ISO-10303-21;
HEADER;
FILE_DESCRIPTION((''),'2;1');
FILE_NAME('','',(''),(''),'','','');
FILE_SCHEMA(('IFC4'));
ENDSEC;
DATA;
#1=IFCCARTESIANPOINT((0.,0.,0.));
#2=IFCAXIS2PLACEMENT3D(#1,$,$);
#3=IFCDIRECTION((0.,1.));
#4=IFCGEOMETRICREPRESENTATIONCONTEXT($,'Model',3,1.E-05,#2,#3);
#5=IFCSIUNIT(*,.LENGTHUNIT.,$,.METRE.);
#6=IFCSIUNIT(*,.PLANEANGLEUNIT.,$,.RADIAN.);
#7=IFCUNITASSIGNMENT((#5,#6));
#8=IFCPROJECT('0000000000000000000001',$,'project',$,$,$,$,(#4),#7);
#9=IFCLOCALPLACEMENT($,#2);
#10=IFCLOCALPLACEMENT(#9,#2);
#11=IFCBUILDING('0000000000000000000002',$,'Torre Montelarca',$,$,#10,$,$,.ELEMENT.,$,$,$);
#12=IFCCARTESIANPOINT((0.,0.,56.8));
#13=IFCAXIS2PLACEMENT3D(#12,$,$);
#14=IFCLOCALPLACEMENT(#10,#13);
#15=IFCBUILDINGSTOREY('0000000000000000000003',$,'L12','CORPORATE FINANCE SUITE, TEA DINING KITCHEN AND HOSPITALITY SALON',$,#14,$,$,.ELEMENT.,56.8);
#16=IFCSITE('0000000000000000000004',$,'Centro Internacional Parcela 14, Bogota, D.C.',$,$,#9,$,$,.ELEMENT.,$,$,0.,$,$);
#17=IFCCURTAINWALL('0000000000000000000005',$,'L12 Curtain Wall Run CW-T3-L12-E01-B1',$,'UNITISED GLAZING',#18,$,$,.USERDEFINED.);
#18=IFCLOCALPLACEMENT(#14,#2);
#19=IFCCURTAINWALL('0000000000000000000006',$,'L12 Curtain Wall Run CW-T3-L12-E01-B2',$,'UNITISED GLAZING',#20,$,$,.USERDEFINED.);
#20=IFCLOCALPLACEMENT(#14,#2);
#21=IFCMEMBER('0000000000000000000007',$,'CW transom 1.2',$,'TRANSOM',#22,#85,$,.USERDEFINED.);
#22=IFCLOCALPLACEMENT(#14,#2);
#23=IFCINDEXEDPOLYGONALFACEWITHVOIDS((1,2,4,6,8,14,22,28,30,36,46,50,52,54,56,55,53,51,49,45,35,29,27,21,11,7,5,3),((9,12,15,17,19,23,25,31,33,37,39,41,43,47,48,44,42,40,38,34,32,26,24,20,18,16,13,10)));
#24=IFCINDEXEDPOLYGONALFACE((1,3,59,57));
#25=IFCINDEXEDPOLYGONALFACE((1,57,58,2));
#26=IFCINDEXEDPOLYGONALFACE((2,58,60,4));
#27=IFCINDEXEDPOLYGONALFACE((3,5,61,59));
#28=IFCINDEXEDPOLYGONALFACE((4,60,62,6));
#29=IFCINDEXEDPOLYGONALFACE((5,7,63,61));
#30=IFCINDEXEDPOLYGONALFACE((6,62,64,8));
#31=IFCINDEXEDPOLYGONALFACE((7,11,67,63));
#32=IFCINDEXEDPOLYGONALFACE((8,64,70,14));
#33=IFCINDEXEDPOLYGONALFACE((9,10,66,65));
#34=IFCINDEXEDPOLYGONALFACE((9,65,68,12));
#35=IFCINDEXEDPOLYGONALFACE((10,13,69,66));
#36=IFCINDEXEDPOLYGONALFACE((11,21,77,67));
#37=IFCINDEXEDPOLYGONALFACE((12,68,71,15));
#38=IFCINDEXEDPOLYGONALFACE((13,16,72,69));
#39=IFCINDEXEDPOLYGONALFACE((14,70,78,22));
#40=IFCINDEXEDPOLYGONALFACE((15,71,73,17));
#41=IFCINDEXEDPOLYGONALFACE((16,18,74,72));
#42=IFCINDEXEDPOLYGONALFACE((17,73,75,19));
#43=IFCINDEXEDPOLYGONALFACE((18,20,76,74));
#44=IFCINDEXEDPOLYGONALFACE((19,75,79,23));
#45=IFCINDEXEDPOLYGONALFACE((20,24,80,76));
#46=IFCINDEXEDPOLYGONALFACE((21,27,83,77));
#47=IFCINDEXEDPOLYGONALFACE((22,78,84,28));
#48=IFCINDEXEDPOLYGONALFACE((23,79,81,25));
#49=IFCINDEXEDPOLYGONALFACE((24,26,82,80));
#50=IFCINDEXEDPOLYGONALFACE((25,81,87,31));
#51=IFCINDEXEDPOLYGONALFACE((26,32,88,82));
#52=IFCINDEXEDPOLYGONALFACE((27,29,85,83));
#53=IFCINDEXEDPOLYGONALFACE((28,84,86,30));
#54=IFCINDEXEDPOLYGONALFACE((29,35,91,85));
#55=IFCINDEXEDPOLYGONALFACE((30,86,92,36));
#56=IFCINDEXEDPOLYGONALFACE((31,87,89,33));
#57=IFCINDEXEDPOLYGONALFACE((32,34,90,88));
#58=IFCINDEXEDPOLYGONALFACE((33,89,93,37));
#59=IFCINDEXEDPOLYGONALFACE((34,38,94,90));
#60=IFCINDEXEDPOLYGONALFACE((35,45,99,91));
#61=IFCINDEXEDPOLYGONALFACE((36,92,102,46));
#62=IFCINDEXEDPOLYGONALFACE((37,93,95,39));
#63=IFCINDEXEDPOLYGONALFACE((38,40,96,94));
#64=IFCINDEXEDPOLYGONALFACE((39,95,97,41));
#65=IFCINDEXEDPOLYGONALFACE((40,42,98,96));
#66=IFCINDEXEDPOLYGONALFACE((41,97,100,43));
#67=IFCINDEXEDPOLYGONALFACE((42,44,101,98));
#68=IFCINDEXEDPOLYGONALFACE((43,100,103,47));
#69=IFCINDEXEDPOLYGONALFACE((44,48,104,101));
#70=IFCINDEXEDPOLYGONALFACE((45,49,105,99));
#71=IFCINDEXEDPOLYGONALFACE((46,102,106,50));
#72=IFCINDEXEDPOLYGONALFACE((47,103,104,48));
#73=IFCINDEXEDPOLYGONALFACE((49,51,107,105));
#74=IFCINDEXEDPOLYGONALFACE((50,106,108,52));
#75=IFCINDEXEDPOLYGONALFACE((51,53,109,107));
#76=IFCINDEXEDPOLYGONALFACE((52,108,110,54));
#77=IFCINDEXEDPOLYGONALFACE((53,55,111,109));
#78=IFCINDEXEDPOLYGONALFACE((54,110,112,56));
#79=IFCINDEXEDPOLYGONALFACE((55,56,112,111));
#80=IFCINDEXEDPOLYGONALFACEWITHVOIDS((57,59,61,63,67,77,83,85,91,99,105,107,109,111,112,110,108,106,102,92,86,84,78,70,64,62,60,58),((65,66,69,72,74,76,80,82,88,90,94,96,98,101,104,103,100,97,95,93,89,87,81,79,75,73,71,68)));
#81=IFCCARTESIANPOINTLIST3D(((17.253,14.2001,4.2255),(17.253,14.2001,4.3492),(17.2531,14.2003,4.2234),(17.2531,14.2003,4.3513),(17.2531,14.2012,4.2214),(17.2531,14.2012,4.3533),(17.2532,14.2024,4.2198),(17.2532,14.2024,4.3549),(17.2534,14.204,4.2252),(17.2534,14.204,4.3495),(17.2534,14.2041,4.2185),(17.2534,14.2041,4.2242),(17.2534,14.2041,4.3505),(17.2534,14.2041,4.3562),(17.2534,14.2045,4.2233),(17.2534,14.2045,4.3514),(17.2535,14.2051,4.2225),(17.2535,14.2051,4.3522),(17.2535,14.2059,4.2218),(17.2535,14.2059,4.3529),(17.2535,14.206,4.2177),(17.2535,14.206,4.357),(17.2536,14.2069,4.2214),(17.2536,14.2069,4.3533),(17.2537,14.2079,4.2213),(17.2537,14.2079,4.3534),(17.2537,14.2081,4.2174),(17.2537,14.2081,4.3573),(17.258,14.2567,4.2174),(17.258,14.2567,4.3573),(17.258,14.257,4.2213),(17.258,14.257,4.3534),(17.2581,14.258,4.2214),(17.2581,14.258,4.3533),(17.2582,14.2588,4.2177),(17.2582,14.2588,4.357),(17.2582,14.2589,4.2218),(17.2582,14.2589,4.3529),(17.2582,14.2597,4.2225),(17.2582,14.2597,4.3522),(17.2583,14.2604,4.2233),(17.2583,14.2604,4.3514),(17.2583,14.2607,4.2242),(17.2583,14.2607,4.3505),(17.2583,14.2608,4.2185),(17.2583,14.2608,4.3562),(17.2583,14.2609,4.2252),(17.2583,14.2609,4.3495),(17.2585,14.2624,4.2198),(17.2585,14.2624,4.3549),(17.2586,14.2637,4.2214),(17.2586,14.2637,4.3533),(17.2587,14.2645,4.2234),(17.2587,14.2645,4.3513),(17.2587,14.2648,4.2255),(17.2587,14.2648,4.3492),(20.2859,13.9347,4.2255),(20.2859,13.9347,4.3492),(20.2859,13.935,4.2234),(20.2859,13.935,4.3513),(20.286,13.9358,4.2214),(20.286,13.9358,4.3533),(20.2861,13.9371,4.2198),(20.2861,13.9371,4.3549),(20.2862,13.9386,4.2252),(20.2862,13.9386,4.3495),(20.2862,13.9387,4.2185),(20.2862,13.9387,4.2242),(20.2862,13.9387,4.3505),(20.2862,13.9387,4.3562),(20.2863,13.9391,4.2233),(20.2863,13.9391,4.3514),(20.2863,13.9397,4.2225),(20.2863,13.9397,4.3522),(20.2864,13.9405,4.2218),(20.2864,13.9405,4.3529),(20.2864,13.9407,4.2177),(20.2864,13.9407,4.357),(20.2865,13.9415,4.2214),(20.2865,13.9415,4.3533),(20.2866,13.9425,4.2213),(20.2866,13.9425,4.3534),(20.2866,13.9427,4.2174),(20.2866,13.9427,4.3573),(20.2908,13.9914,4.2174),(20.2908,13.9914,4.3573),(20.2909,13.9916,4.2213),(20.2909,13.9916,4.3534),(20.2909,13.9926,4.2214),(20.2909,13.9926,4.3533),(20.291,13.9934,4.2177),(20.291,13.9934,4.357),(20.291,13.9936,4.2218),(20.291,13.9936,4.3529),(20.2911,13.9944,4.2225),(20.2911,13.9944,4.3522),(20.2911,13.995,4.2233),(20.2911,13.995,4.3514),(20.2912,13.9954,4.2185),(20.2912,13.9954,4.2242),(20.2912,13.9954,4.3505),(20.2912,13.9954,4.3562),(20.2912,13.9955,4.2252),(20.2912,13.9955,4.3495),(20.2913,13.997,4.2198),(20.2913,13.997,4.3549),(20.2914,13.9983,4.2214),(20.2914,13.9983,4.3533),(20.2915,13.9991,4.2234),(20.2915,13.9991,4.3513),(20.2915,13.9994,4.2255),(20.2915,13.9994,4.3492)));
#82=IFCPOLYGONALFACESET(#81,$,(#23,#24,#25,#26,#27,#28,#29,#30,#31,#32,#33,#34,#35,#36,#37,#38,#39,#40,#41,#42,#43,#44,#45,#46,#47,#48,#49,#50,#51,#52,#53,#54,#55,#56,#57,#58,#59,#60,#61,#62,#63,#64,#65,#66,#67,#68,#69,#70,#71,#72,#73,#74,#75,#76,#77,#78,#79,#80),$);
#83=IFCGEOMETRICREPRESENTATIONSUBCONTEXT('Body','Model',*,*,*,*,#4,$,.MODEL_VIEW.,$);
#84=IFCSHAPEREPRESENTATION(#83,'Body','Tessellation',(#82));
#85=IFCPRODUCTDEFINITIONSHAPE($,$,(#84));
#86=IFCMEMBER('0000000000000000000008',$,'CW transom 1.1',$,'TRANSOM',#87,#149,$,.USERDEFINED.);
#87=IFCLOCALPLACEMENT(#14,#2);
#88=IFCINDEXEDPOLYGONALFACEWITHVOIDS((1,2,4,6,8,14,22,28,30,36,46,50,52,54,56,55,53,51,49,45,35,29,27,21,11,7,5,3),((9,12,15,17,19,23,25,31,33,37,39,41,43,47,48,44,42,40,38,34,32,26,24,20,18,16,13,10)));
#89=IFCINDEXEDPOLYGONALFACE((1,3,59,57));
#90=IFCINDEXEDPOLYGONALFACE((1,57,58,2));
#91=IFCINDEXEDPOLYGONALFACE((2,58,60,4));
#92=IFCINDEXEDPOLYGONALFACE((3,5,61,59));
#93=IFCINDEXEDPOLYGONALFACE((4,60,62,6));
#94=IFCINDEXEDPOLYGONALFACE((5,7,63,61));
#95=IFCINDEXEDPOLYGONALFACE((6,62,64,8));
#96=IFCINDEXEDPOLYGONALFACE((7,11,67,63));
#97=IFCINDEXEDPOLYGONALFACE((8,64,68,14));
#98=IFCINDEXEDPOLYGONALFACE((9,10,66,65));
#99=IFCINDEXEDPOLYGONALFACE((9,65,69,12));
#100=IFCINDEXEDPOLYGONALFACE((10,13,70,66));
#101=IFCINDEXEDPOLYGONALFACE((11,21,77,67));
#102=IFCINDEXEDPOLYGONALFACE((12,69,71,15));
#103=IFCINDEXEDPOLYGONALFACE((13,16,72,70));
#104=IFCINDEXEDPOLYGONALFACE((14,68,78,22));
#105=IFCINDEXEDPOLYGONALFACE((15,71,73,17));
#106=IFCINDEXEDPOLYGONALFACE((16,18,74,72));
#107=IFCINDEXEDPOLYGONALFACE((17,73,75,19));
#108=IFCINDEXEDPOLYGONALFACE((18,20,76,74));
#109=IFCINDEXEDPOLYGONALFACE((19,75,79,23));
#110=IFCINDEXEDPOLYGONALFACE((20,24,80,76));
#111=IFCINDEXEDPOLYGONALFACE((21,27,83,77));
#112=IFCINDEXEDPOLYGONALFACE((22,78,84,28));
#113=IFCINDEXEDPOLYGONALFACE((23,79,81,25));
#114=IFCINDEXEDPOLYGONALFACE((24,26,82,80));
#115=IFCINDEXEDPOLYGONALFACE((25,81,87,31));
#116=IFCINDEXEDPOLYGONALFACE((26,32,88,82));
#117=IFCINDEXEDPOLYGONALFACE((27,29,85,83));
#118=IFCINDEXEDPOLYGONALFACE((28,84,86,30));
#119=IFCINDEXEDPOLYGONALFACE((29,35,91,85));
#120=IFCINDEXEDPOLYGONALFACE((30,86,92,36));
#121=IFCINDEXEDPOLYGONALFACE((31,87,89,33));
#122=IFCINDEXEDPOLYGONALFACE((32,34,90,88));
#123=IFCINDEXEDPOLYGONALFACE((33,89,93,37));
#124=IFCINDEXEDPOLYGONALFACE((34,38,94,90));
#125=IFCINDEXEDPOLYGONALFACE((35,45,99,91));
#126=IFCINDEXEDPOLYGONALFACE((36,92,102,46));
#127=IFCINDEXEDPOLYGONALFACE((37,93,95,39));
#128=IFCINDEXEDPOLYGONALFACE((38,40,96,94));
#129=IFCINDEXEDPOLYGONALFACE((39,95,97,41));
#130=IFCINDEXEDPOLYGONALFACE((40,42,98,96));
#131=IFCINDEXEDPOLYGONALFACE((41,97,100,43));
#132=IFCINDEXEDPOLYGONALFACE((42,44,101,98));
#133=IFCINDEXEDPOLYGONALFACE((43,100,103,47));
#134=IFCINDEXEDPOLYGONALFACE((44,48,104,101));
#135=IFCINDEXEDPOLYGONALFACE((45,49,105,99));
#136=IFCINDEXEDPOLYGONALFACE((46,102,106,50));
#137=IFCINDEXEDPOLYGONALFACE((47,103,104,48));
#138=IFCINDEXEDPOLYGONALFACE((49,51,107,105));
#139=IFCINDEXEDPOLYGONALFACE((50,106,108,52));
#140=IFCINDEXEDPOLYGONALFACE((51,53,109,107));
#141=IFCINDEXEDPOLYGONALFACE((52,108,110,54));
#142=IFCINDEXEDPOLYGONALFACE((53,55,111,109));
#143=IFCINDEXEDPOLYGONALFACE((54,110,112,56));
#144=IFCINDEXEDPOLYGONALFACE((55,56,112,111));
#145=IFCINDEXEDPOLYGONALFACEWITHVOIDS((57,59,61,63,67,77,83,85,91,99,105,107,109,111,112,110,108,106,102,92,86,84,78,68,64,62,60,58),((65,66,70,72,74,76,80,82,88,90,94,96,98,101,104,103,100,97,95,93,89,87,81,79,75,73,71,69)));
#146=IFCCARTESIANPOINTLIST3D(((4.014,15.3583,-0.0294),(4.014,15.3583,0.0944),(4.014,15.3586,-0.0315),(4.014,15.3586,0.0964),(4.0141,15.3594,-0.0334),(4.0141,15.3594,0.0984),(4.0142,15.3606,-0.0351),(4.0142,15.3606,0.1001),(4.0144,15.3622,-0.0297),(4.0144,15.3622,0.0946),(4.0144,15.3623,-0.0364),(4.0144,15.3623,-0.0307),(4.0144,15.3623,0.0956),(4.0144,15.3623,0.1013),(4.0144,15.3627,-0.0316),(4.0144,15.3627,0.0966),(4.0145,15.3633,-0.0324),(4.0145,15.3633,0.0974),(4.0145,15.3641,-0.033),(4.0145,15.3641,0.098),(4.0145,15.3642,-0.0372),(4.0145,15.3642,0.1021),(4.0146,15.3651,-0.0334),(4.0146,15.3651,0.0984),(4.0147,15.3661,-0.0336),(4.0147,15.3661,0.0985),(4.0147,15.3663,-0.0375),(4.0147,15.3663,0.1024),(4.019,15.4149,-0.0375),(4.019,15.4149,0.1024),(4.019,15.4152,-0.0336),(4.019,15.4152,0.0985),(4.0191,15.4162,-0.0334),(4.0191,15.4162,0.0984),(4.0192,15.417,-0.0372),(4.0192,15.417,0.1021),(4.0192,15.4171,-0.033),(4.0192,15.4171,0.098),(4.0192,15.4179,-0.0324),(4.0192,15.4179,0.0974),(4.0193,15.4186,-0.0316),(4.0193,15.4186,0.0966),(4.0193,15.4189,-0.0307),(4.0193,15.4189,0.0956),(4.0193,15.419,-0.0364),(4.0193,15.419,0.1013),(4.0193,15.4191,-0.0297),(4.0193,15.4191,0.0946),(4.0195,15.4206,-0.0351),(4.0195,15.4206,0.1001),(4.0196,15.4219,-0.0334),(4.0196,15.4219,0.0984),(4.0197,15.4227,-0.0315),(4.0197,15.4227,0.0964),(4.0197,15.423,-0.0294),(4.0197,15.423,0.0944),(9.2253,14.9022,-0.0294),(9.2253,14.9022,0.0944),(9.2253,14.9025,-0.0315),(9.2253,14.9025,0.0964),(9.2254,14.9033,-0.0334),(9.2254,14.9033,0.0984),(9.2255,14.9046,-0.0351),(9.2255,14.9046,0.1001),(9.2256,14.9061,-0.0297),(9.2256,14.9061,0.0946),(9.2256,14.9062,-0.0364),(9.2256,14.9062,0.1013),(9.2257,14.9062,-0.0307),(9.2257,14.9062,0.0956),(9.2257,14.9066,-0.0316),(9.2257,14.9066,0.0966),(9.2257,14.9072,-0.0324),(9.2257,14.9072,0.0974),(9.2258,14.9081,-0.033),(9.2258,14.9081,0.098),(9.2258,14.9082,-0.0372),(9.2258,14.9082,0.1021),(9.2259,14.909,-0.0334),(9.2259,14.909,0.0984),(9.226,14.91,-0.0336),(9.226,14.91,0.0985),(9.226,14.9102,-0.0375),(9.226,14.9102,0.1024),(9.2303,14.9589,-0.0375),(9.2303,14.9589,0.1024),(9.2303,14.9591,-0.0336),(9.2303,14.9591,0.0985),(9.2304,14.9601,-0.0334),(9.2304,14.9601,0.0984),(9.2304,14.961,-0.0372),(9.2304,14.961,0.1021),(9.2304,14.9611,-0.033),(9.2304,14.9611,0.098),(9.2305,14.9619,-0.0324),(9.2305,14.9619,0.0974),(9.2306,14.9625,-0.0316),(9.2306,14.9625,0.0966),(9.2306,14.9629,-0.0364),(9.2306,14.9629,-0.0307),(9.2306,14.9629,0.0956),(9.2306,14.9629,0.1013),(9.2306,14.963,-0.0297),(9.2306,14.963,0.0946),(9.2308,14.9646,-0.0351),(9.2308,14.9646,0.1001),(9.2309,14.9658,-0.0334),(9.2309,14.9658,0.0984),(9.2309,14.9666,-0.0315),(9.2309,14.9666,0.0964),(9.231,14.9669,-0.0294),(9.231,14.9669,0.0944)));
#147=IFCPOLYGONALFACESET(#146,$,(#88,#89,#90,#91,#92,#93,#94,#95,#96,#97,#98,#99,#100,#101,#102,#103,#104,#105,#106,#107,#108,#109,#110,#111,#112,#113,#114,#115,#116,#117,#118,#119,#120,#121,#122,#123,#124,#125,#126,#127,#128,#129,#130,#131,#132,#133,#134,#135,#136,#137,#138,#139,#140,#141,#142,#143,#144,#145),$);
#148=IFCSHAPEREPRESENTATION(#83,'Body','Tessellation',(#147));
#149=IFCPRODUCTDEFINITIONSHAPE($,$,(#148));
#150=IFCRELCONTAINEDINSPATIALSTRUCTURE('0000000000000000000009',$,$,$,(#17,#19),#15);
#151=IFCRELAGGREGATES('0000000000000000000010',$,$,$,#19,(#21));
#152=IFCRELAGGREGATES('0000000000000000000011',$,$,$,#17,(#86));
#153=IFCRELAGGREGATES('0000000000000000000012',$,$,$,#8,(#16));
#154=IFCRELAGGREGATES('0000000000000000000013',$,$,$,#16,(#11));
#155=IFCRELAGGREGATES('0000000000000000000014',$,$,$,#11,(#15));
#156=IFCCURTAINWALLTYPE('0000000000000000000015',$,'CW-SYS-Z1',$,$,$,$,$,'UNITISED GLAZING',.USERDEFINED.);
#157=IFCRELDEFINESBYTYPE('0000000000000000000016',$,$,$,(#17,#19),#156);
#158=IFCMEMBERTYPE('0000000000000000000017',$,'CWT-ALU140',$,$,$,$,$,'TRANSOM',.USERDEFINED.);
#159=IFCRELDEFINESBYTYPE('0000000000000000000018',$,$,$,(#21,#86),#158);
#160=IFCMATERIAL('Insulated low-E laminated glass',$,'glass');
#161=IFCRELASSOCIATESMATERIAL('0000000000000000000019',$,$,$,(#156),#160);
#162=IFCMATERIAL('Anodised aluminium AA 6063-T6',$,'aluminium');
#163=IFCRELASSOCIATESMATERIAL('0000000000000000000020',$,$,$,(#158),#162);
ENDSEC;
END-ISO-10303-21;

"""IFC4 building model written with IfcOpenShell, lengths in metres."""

from ifc_helpers import new_model, si_unit, direction, frame, origin, origin_2d, place, context, subcontext, project, spatial, hollow_rectangle, extrude, source, transform, mapped, material, material_profile, profile_set, type_object, element, aggregate, save


model = new_model("IFC4")

# Units and contexts
model_context = context("Model", 3, precision=1e-05, world=origin(), true_north=direction((0.0, 1.0)))
body_context = subcontext(model_context, "Body", "Model", "MODEL_VIEW")
ifc_project = project(units=[si_unit("LENGTHUNIT", "METRE"), si_unit("PLANEANGLEUNIT", "RADIAN")], contexts=[model_context])

# Site, building, storey
site_placement = place(None, origin())
site = spatial("IfcSite", under=ifc_project, at=site_placement, Name="Centro Internacional Parcela 14, Bogota, D.C.", CompositionType="ELEMENT", RefElevation=0.0)
building_placement = place(site_placement, origin())
building = spatial("IfcBuilding", under=site, at=building_placement, Name="Torre Montelarca", CompositionType="ELEMENT")
storey_placement = place(building_placement, frame((0.0, 0.0, 56.8)))
storey = spatial("IfcBuildingStorey", under=building, at=storey_placement, Name="L12", Description="CORPORATE FINANCE SUITE, TEA DINING KITCHEN AND HOSPITALITY SALON", CompositionType="ELEMENT", Elevation=56.8)

# Curtain walls
ifc_material_1 = material(Name="Insulated low-E laminated glass", Category="glass")
curtain_wall_type = type_object("IfcCurtainWallType", Name="CW-SYS-Z1", ElementType="UNITISED GLAZING", PredefinedType="USERDEFINED", material=ifc_material_1)
curtain_wall_1_placement = place(storey_placement, origin())
curtain_wall_1 = element("IfcCurtainWall", 1, at=curtain_wall_1_placement, inside=storey, type_object=curtain_wall_type, Name="L12 Curtain Wall Run CW-T3-L12-E01-B1", ObjectType="UNITISED GLAZING", PredefinedType="USERDEFINED")
ifc_material_2 = material(Name="Anodised aluminium AA 6063-T6", Category="aluminium")
curtain_wall_2_placement = place(storey_placement, origin())
curtain_wall_2 = element("IfcCurtainWall", 2, at=curtain_wall_2_placement, inside=storey, type_object=curtain_wall_type, Name="L12 Curtain Wall Run CW-T3-L12-E01-B2", ObjectType="UNITISED GLAZING", PredefinedType="USERDEFINED")
ifc_material_profile_1 = material_profile(ifc_material_2, hollow_rectangle(XDim=0.0649, YDim=0.1399, WallThickness=0.0039, InnerFilletRadius=0.0039, OuterFilletRadius=0.0081, at=origin_2d()), Name="ALU65X140X4", Category="aluminium")
ifc_profile_set_1 = profile_set([ifc_material_profile_1], Name="Anodised aluminium AA 6063-T6")
member_type_1 = type_object("IfcMemberType", Name="CWT-ALU140", ElementType="TRANSOM", PredefinedType="USERDEFINED", material=ifc_profile_set_1)

# Members
shared_shape_1 = source(origin(), body_context, "Body", "SweptSolid", [
    extrude(hollow_rectangle(XDim=0.0649, YDim=0.1399, WallThickness=0.0039, InnerFilletRadius=0.0039, OuterFilletRadius=0.0081, at=origin_2d()), origin(), (0.0, 0.0, 1.0), 3.0444),
])
member_1_placement = place(storey_placement, frame((17.2559, 14.2324, 4.2874), z_axis=(0.996194, -0.087166, 0.0), x_axis=(0.087166, 0.996194, 0.0)))
member_1 = element("IfcMember", 3, at=member_1_placement, type_object=member_type_1, Name="CW transom 1.2", ObjectType="TRANSOM", PredefinedType="USERDEFINED", context=body_context, shape_type="MappedRepresentation", body=[
    mapped(shared_shape_1, transform((0.0, 0.0, 0.0), scale=1.0)),
])
shared_shape_2 = source(origin(), body_context, "Body", "SweptSolid", [
    extrude(hollow_rectangle(XDim=0.0649, YDim=0.1399, WallThickness=0.0039, InnerFilletRadius=0.0039, OuterFilletRadius=0.0081, at=origin_2d()), origin(), (0.0, 0.0, 1.0), 5.2312),
])
member_2_placement = place(storey_placement, frame((4.0168, 15.3906, 0.0325), z_axis=(0.996192, -0.087181, 0.0), x_axis=(0.087181, 0.996192, 0.0)))
member_2 = element("IfcMember", 4, at=member_2_placement, type_object=member_type_1, Name="CW transom 1.1", ObjectType="TRANSOM", PredefinedType="USERDEFINED", context=body_context, shape_type="MappedRepresentation", body=[
    mapped(shared_shape_2, transform((0.0, 0.0, 0.0), scale=1.0)),
])

aggregate(curtain_wall_2, [member_1])
aggregate(curtain_wall_1, [member_2])

save(model, "model.ifc")
